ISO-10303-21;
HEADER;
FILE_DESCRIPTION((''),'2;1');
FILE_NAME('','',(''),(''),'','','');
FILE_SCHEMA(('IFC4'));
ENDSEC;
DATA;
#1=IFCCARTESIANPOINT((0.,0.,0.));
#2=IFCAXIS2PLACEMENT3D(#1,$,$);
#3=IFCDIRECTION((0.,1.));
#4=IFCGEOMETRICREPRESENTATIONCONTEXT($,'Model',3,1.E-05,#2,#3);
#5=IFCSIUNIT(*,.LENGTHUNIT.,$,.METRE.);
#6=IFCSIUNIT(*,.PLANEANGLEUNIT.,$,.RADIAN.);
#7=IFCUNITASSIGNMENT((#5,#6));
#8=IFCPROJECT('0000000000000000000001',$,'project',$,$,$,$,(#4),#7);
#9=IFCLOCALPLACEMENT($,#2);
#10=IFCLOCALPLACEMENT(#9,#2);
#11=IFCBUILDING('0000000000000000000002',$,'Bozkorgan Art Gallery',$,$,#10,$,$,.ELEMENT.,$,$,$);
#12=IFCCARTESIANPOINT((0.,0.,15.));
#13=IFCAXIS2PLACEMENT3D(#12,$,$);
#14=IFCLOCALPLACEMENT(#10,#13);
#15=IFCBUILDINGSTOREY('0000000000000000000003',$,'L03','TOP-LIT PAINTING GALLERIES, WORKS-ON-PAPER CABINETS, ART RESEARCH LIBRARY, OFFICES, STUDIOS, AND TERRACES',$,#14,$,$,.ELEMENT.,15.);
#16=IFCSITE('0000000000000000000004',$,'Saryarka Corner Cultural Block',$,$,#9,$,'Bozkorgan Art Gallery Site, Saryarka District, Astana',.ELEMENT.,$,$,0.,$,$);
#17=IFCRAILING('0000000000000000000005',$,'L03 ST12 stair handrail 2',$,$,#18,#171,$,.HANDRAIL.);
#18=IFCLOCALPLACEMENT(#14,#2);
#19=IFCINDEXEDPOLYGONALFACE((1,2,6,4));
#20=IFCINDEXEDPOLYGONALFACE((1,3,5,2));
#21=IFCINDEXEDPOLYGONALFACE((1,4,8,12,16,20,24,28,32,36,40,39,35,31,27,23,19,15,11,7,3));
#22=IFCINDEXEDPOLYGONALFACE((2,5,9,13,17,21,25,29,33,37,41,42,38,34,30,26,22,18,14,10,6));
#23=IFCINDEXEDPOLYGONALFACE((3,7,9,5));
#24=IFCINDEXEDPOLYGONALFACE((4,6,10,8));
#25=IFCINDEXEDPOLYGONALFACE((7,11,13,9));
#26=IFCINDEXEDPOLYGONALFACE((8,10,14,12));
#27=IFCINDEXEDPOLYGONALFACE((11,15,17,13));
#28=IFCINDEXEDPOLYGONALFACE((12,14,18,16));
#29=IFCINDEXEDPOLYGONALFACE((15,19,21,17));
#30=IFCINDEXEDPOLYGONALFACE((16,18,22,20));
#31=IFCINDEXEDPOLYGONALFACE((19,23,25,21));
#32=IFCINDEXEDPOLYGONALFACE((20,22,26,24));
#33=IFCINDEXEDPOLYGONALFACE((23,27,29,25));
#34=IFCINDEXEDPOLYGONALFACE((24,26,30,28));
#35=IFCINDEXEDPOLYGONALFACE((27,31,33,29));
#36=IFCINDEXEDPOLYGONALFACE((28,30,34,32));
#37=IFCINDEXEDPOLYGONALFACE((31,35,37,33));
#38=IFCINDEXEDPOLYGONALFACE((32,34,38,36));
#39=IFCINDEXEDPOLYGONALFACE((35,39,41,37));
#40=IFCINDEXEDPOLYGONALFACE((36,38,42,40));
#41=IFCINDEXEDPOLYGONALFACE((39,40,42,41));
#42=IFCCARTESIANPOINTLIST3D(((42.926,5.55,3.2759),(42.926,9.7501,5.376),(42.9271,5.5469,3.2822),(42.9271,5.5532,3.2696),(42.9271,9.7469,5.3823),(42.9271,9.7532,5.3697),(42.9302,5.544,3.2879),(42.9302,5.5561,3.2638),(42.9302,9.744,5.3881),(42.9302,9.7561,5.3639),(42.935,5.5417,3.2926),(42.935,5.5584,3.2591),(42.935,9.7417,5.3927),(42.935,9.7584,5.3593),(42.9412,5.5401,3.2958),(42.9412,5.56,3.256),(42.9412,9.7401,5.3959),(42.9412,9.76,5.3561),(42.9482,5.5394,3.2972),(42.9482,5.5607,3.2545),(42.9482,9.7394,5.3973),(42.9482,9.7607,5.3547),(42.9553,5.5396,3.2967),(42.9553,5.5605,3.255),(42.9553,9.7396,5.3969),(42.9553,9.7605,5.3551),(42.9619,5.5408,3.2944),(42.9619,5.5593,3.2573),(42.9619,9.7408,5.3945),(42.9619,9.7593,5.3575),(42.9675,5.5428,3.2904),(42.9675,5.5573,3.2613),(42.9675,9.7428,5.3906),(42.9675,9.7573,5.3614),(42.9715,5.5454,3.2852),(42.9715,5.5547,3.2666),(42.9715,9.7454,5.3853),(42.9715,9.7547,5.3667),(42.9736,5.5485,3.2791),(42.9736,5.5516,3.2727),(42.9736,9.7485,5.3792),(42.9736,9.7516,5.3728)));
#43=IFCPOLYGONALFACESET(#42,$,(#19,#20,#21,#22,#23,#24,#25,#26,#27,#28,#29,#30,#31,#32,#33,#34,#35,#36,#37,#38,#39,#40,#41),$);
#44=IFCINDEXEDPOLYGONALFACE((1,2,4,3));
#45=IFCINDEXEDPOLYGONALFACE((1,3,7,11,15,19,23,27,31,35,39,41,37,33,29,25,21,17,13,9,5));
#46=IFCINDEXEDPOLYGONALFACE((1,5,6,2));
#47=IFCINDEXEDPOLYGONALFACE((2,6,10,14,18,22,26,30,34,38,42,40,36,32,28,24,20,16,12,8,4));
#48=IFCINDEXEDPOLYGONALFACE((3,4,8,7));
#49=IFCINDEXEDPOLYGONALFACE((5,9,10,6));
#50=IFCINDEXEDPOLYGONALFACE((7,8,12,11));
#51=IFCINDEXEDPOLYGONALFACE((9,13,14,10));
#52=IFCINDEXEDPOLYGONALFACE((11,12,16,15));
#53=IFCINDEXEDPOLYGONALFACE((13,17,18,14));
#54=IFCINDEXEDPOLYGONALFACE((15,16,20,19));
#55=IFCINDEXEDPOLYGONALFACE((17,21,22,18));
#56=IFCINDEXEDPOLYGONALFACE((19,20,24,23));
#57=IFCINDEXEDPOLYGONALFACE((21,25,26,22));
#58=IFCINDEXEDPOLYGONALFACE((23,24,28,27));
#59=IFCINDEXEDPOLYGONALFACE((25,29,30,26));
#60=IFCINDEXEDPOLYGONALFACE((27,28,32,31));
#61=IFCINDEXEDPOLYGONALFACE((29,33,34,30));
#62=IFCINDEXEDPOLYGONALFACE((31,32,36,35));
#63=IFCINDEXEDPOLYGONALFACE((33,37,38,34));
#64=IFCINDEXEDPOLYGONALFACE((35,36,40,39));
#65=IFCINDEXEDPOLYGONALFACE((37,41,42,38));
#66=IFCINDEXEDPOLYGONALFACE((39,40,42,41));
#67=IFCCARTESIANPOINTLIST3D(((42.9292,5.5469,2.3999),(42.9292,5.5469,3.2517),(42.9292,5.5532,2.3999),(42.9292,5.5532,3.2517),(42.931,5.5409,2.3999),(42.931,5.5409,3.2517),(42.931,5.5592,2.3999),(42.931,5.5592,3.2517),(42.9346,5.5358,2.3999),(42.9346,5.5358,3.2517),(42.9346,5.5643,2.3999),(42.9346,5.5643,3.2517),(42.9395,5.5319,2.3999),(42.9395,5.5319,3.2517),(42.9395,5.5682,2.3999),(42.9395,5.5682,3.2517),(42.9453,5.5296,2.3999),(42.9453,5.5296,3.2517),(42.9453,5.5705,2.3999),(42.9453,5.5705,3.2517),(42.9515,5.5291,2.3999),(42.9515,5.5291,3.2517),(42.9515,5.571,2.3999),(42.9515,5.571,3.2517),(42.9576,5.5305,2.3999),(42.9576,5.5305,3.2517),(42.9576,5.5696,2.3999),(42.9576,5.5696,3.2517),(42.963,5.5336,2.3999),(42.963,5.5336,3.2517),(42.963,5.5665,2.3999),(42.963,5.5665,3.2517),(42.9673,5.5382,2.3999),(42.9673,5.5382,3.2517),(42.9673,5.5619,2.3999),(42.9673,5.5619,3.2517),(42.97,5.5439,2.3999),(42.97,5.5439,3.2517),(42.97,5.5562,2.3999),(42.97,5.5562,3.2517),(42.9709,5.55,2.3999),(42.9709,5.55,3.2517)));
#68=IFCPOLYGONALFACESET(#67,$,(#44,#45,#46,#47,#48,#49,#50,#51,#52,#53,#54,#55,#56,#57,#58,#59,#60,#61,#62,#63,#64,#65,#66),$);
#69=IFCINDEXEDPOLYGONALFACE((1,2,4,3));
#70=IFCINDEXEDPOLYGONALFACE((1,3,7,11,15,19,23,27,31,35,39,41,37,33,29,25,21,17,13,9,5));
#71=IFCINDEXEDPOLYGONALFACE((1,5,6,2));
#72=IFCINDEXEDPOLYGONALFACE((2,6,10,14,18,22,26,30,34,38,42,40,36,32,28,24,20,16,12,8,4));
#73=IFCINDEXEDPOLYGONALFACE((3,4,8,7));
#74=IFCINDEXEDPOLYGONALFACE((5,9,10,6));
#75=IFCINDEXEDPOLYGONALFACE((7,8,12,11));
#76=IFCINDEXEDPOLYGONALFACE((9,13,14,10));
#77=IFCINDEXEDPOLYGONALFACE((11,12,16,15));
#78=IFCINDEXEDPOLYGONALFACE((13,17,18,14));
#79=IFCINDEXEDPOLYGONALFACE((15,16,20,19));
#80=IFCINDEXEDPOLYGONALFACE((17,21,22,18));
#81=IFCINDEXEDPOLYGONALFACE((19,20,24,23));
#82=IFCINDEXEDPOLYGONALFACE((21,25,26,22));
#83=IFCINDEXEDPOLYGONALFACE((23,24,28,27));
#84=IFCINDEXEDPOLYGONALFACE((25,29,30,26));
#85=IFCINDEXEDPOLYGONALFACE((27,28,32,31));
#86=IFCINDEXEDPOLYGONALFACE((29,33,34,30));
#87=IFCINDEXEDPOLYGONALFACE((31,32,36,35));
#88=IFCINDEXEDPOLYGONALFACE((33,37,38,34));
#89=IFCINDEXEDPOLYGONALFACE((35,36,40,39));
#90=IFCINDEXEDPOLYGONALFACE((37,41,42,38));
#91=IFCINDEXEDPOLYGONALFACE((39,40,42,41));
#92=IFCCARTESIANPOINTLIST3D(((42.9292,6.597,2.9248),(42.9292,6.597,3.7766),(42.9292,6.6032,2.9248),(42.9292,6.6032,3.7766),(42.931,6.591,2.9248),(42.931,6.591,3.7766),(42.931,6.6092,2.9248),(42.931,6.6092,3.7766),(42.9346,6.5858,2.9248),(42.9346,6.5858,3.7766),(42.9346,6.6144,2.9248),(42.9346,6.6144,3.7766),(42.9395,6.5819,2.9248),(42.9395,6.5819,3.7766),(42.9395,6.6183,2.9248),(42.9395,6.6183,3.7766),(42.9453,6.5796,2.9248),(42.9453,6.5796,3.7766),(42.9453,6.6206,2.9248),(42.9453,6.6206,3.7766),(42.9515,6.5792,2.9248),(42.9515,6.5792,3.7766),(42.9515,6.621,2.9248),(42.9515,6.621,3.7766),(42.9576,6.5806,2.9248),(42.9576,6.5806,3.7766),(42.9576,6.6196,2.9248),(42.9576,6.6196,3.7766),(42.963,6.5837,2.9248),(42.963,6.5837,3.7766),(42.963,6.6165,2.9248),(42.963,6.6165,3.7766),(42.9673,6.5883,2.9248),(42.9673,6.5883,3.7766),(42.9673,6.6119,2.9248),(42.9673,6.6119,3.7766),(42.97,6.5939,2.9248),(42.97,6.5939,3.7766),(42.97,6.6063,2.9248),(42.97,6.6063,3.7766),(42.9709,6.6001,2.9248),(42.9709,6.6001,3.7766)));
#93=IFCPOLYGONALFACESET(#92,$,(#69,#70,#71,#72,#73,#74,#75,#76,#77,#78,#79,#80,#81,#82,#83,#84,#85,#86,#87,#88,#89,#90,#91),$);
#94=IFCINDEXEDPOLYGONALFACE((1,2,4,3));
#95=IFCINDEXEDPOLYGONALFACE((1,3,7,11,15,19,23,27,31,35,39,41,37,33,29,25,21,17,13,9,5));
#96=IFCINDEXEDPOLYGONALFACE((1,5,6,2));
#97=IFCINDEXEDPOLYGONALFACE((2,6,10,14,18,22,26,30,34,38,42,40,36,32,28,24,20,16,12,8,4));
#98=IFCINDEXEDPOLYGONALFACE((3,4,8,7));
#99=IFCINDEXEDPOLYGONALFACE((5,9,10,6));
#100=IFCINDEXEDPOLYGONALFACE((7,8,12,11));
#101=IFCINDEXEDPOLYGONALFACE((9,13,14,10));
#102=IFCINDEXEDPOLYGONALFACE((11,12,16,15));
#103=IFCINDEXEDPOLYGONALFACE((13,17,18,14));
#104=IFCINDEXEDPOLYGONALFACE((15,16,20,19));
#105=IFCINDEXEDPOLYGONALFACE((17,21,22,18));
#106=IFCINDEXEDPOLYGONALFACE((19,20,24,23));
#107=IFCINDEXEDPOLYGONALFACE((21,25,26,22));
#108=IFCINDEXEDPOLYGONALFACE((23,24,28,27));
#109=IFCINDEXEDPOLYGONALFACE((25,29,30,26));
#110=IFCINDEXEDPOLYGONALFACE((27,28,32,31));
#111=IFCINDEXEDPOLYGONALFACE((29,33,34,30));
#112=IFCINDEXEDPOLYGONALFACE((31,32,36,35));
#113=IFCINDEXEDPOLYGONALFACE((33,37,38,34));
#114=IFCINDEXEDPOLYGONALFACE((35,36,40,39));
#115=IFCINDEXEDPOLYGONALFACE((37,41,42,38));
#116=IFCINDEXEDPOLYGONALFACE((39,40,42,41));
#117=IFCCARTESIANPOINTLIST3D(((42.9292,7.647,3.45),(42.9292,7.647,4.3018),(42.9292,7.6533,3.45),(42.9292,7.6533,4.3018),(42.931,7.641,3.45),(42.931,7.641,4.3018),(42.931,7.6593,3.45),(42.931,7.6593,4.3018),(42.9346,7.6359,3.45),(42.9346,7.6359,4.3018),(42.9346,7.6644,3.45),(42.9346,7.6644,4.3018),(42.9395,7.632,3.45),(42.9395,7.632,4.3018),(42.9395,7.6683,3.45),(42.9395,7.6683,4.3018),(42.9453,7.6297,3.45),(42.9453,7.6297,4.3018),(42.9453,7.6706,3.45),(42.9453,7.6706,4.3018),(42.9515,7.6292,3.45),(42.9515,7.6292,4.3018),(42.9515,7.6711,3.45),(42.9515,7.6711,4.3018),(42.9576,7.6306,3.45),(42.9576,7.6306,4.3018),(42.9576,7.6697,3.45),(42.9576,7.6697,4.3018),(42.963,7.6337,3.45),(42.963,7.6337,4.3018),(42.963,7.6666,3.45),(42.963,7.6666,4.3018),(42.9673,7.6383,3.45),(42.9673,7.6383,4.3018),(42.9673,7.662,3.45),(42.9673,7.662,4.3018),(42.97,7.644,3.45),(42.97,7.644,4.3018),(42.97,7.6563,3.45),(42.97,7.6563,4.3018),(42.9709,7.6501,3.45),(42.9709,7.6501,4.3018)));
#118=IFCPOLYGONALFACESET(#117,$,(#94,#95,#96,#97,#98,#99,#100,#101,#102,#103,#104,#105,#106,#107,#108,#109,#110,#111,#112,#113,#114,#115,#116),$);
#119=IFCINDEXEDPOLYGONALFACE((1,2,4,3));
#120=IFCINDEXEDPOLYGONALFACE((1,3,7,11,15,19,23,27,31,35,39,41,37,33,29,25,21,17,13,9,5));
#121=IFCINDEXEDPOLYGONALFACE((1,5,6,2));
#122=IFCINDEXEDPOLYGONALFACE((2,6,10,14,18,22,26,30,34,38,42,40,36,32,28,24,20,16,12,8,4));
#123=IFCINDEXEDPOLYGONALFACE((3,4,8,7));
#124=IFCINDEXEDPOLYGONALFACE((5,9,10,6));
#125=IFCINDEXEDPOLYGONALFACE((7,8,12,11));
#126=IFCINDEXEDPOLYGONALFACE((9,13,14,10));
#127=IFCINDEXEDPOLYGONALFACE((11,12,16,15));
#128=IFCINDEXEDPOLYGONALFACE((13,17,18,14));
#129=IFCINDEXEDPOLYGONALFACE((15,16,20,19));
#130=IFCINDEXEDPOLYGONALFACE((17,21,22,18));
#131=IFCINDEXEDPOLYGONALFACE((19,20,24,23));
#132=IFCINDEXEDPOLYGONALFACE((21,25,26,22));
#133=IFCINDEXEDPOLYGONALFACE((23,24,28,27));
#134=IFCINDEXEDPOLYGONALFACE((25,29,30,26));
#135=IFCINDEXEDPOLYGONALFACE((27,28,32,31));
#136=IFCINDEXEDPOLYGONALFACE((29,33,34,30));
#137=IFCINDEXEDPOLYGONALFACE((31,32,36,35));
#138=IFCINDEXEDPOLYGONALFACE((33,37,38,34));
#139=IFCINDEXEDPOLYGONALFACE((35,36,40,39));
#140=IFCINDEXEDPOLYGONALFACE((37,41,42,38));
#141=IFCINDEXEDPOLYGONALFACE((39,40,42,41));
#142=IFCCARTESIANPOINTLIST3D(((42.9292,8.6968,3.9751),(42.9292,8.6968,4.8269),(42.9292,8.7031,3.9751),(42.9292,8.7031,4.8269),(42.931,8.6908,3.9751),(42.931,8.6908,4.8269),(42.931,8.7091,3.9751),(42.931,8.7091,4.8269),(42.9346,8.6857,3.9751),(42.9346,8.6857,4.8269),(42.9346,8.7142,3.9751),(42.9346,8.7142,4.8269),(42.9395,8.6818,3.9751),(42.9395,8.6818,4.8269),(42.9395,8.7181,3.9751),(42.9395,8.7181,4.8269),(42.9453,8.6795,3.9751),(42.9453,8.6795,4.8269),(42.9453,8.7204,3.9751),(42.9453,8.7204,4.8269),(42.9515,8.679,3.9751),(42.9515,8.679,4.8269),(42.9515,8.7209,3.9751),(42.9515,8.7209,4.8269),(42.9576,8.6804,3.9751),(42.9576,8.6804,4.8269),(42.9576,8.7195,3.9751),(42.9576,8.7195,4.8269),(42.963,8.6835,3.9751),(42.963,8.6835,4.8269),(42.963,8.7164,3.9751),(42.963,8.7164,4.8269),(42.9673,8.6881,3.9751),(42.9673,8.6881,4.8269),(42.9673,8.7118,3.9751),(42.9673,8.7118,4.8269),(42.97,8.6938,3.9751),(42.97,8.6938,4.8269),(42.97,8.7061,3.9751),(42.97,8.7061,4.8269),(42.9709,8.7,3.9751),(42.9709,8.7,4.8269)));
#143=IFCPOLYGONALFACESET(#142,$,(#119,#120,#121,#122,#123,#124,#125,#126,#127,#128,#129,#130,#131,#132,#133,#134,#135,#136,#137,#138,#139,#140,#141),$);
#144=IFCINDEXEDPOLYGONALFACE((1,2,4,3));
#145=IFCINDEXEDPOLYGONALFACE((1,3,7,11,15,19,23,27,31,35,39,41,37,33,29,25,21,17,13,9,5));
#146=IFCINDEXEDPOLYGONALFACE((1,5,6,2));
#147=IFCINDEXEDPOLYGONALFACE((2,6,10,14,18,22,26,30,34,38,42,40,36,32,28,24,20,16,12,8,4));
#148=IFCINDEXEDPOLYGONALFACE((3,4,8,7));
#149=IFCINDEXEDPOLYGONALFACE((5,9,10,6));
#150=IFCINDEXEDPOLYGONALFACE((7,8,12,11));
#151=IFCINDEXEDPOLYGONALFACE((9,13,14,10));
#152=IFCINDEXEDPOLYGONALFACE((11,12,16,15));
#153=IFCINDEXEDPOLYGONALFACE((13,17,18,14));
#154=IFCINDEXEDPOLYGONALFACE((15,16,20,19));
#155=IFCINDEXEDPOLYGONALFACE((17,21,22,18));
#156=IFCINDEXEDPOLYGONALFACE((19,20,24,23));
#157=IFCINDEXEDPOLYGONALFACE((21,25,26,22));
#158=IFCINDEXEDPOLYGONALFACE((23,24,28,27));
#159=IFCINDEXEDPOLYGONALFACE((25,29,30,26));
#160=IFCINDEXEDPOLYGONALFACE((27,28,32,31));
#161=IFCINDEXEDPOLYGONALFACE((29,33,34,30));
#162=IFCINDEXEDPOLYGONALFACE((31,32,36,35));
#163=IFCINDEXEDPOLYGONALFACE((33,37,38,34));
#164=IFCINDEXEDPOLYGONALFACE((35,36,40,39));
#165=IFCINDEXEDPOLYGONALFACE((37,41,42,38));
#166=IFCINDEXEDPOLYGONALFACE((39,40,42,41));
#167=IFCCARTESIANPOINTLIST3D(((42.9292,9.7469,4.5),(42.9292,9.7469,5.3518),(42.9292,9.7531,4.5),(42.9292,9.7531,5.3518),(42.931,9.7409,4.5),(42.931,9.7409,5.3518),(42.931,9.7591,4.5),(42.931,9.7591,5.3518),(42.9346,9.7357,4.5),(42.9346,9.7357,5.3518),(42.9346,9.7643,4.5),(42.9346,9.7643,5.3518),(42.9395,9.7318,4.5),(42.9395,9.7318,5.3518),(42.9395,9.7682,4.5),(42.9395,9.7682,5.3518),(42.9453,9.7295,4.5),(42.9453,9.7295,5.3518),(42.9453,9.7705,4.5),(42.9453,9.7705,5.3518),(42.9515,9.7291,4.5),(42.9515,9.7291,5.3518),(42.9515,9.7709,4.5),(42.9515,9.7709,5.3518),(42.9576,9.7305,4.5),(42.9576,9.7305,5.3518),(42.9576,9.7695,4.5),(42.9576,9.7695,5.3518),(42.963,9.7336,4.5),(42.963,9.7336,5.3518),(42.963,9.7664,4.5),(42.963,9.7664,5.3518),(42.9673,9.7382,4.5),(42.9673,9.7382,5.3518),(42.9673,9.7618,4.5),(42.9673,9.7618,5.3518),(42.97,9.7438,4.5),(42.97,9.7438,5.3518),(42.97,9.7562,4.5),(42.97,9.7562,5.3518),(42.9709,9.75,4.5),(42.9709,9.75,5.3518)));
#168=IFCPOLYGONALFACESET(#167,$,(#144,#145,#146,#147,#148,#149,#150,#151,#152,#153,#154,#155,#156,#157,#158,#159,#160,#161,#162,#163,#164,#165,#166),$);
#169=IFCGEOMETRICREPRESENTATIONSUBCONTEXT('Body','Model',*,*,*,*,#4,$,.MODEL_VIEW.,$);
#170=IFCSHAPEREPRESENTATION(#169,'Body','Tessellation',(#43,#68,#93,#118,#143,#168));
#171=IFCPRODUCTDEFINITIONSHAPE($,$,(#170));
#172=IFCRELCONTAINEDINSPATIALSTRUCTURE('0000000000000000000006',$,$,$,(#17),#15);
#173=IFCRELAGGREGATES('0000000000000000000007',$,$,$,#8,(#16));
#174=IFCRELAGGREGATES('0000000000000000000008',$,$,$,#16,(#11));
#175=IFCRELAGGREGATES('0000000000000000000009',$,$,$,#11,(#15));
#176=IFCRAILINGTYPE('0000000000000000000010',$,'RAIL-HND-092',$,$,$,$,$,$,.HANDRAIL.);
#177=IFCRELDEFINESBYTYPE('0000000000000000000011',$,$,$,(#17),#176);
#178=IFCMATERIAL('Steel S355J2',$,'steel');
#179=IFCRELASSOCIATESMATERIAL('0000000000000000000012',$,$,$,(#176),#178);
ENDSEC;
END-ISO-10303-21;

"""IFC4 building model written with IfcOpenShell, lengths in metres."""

from ifc_helpers import new_model, si_unit, direction, frame, origin, origin_2d, place, context, subcontext, project, spatial, circle, extrude, material, type_object, element, save


model = new_model("IFC4")

# Units and contexts
model_context = context("Model", 3, precision=1e-05, world=origin(), true_north=direction((0.0, 1.0)))
body_context = subcontext(model_context, "Body", "Model", "MODEL_VIEW")
ifc_project = project(units=[si_unit("LENGTHUNIT", "METRE"), si_unit("PLANEANGLEUNIT", "RADIAN")], contexts=[model_context])

# Site, building, storey
site_placement = place(None, origin())
site = spatial("IfcSite", under=ifc_project, at=site_placement, Name="Saryarka Corner Cultural Block", LongName="Bozkorgan Art Gallery Site, Saryarka District, Astana", CompositionType="ELEMENT", RefElevation=0.0)
building_placement = place(site_placement, origin())
building = spatial("IfcBuilding", under=site, at=building_placement, Name="Bozkorgan Art Gallery", CompositionType="ELEMENT")
storey_placement = place(building_placement, frame((0.0, 0.0, 15.0)))
storey = spatial("IfcBuildingStorey", under=building, at=storey_placement, Name="L03", Description="TOP-LIT PAINTING GALLERIES, WORKS-ON-PAPER CABINETS, ART RESEARCH LIBRARY, OFFICES, STUDIOS, AND TERRACES", CompositionType="ELEMENT", Elevation=15.0)

# Shared definitions
ifc_material_1 = material(Name="Steel S355J2", Category="steel")

# Railing
railing_type_1 = type_object("IfcRailingType", Name="RAIL-HND-092", PredefinedType="HANDRAIL", material=ifc_material_1)
railing_1_placement = place(storey_placement, frame((42.95, 5.55, 2.3999)))
element("IfcRailing", 1, at=railing_1_placement, inside=storey, type_object=railing_type_1, Name="L03 ST12 stair handrail 2", PredefinedType="HANDRAIL", context=body_context, shape_type="SweptSolid", body=[
    extrude(circle(Radius=0.0239, at=origin_2d()), frame((0.0, 0.0, 0.876), z_axis=(0.0, 0.894417, 0.447234), x_axis=(-1.0, 0.0, 0.0)), (0.0, 0.0, 1.0), 4.6958),
    extrude(circle(Radius=0.021, at=origin_2d()), origin(), (0.0, 0.0, 1.0), 0.8518),
    extrude(circle(Radius=0.021, at=origin_2d()), frame((0.0, 1.05, 0.5249)), (0.0, 0.0, 1.0), 0.8518),
    extrude(circle(Radius=0.021, at=origin_2d()), frame((0.0, 2.1001, 1.05)), (0.0, 0.0, 1.0), 0.8518),
    extrude(circle(Radius=0.021, at=origin_2d()), frame((0.0, 3.1499, 1.5752)), (0.0, 0.0, 1.0), 0.8518),
    extrude(circle(Radius=0.021, at=origin_2d()), frame((0.0, 4.2, 2.1001)), (0.0, 0.0, 1.0), 0.8518),
])

save(model, "model.ifc")
